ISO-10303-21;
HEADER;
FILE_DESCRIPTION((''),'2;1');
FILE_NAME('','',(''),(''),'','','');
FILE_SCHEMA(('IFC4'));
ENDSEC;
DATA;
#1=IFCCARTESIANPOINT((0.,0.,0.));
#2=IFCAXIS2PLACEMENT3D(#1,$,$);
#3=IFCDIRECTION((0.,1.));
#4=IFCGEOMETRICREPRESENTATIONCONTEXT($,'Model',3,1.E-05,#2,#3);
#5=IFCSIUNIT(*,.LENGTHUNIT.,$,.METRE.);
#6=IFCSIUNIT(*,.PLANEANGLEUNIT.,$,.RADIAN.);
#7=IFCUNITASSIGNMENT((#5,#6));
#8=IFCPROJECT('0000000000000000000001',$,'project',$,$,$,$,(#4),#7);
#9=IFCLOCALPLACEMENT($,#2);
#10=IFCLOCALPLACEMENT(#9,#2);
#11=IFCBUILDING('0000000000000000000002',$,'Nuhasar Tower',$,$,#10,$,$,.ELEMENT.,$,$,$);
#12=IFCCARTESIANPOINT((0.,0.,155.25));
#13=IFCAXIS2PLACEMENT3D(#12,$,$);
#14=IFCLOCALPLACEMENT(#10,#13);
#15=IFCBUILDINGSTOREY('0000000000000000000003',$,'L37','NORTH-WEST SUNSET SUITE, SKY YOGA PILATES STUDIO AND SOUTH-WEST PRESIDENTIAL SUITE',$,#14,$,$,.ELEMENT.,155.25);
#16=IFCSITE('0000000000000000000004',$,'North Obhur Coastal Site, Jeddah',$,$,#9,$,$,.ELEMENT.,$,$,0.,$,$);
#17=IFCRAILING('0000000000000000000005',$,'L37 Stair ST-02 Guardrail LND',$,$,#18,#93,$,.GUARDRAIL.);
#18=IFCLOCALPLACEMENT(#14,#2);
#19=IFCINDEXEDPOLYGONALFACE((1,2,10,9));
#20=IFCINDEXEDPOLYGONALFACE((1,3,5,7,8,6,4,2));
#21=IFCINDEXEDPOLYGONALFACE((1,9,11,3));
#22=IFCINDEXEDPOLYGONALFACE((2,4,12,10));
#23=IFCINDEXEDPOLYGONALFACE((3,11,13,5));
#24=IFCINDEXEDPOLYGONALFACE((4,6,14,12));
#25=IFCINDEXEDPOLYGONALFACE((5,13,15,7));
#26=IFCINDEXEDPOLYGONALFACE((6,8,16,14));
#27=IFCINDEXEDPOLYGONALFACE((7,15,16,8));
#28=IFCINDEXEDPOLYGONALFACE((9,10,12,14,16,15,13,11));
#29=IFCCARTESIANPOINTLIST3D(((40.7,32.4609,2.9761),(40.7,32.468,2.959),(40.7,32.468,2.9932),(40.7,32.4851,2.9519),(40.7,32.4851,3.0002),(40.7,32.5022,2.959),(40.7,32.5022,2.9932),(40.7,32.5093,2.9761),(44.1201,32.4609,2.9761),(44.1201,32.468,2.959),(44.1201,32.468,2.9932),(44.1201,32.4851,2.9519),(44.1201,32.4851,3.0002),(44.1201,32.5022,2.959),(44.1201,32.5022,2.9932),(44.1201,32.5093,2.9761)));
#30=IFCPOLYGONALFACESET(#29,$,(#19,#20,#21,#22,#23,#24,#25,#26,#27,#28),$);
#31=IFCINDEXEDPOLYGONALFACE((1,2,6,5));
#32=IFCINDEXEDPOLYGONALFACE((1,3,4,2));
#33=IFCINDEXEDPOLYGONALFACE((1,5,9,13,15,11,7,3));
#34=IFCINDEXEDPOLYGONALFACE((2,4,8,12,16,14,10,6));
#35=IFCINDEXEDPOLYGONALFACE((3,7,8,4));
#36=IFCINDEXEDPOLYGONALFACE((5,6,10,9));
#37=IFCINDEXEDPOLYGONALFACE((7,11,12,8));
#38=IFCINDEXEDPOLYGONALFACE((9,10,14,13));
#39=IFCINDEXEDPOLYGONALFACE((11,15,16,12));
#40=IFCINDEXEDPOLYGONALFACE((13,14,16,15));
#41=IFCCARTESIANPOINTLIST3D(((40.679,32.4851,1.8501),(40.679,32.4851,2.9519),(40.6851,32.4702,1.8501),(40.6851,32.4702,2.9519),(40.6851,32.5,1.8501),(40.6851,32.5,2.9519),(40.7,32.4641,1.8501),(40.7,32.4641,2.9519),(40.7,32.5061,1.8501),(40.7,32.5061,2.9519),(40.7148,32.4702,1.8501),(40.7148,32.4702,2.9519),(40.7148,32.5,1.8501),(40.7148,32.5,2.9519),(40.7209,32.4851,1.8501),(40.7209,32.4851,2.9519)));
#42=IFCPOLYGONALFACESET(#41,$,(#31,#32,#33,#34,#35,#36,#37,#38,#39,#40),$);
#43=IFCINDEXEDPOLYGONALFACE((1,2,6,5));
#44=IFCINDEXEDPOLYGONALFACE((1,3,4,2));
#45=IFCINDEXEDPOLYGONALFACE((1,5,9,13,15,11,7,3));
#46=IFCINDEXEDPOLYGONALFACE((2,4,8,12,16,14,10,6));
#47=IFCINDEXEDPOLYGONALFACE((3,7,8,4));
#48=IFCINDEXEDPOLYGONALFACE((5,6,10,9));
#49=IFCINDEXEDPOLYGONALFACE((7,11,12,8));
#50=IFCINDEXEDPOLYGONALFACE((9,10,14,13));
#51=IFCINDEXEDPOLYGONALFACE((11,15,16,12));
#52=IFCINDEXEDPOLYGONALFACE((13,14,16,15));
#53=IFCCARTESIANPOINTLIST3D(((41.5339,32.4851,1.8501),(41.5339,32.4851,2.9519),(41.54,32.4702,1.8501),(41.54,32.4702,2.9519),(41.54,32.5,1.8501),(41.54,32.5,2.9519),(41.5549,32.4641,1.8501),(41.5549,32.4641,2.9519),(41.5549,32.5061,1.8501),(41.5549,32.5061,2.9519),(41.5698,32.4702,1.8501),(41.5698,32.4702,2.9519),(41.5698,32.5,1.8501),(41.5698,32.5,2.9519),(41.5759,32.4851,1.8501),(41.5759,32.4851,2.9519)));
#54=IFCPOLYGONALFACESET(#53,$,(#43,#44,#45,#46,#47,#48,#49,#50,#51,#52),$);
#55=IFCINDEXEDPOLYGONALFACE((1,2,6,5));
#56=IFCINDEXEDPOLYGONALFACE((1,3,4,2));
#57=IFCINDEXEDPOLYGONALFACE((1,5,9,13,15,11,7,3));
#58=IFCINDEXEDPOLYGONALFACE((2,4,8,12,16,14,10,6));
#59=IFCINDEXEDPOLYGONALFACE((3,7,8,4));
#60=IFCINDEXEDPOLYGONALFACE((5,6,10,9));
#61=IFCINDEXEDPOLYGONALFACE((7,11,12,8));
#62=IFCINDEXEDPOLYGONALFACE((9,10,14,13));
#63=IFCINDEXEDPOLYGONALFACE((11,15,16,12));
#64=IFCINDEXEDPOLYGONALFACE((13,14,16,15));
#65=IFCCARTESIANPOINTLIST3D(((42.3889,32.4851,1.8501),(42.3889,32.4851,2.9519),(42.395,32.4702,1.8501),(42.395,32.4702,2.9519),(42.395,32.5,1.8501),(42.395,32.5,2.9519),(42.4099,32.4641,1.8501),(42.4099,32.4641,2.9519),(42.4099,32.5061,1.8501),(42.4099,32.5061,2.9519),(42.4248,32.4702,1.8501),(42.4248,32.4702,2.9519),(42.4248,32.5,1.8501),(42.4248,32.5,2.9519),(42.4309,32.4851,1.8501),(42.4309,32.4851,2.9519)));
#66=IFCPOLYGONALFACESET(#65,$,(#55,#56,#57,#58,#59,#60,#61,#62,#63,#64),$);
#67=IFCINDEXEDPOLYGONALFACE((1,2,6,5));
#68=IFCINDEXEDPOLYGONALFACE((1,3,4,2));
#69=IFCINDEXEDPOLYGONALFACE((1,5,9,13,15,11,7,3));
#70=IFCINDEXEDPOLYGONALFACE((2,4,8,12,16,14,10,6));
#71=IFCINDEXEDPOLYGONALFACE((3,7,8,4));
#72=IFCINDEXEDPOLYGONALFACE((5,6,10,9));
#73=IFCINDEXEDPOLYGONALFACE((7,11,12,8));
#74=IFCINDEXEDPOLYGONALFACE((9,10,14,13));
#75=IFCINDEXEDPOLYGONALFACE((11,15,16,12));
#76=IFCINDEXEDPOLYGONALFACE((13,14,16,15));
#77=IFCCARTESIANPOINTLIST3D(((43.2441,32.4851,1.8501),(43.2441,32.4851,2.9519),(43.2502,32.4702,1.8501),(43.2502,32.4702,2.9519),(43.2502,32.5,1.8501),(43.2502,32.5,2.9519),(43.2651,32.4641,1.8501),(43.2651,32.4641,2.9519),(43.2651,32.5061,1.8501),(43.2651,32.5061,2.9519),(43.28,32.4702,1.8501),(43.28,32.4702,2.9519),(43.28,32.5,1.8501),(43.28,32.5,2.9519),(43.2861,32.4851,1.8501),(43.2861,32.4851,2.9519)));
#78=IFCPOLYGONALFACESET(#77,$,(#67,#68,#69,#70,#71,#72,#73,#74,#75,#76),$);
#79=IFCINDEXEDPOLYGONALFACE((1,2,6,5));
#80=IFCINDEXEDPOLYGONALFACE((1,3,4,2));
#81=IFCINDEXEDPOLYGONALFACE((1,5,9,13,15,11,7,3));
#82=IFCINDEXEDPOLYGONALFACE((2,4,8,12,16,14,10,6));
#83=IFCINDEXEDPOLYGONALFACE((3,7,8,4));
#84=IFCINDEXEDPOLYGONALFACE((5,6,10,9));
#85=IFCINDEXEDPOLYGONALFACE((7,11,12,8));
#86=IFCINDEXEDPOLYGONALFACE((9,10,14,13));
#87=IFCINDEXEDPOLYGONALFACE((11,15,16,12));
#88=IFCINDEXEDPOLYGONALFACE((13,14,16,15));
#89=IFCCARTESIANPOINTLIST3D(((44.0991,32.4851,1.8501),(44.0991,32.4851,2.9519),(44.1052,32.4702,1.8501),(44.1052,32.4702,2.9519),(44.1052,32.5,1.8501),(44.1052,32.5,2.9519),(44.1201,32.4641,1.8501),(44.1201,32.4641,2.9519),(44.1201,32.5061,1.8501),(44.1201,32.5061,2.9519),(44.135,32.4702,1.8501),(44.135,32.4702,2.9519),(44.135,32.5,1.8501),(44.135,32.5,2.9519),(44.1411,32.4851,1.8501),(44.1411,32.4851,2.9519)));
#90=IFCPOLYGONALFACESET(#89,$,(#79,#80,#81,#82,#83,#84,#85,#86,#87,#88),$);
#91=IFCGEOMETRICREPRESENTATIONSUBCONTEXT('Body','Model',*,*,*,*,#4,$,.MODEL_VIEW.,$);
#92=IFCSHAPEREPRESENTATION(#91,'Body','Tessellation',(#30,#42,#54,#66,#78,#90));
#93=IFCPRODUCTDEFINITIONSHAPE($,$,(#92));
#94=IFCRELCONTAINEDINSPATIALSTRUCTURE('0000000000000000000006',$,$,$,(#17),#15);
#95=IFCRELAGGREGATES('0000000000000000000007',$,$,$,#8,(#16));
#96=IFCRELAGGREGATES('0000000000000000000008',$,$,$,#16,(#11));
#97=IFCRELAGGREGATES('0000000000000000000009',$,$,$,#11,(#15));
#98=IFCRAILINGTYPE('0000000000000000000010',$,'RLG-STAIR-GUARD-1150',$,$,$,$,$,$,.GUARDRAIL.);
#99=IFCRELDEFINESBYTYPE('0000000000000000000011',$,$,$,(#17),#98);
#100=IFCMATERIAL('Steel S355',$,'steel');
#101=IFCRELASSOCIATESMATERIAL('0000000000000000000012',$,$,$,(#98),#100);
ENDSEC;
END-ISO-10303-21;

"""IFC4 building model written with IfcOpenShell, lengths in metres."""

from ifc_helpers import new_model, si_unit, direction, frame, origin, place, context, subcontext, project, spatial, polyline, outline, extrude, material, type_object, element, save


model = new_model("IFC4")

# Units and contexts
model_context = context("Model", 3, precision=1e-05, world=origin(), true_north=direction((0.0, 1.0)))
body_context = subcontext(model_context, "Body", "Model", "MODEL_VIEW")
ifc_project = project(units=[si_unit("LENGTHUNIT", "METRE"), si_unit("PLANEANGLEUNIT", "RADIAN")], contexts=[model_context])

# Site, building, storey
site_placement = place(None, origin())
site = spatial("IfcSite", under=ifc_project, at=site_placement, Name="North Obhur Coastal Site, Jeddah", CompositionType="ELEMENT", RefElevation=0.0)
building_placement = place(site_placement, origin())
building = spatial("IfcBuilding", under=site, at=building_placement, Name="Nuhasar Tower", CompositionType="ELEMENT")
storey_placement = place(building_placement, frame((0.0, 0.0, 155.25)))
storey = spatial("IfcBuildingStorey", under=building, at=storey_placement, Name="L37", Description="NORTH-WEST SUNSET SUITE, SKY YOGA PILATES STUDIO AND SOUTH-WEST PRESIDENTIAL SUITE", CompositionType="ELEMENT", Elevation=155.25)

# Shared definitions
ifc_material_1 = material(Name="Steel S355", Category="steel")

# Railing
railing_type_1 = type_object("IfcRailingType", Name="RLG-STAIR-GUARD-1150", PredefinedType="GUARDRAIL", material=ifc_material_1)
railing_1_placement = place(storey_placement, frame((40.7, 32.4851, 1.8501)))
element("IfcRailing", 1, at=railing_1_placement, inside=storey, type_object=railing_type_1, Name="L37 Stair ST-02 Guardrail LND", PredefinedType="GUARDRAIL", context=body_context, shape_type="SweptSolid", body=[
    extrude(outline(polyline([(0.0242, 0.0), (0.0171, 0.0171), (0.0, 0.0242), (-0.0171, 0.0171), (-0.0242, 0.0), (-0.0171, -0.0171), (0.0, -0.0242), (0.0171, -0.0171), (0.0242, 0.0)])), frame((0.0, 0.0, 1.126), z_axis=(1.0, 0.0, 0.0), x_axis=(0.0, 1.0, 0.0)), (0.0, 0.0, 1.0), 3.4202),
    extrude(outline(polyline([(0.021, 0.0), (0.0149, 0.0149), (0.0, 0.021), (-0.0149, 0.0149), (-0.021, 0.0), (-0.0149, -0.0149), (0.0, -0.021), (0.0149, -0.0149), (0.021, 0.0)])), origin(), (0.0, 0.0, 1.0), 1.1018),
    extrude(outline(polyline([(0.021, 0.0), (0.0149, 0.0149), (0.0, 0.021), (-0.0149, 0.0149), (-0.021, 0.0), (-0.0149, -0.0149), (0.0, -0.021), (0.0149, -0.0149), (0.021, 0.0)])), frame((0.855, 0.0, 0.0)), (0.0, 0.0, 1.0), 1.1018),
    extrude(outline(polyline([(0.021, 0.0), (0.0149, 0.0149), (0.0, 0.021), (-0.0149, 0.0149), (-0.021, 0.0), (-0.0149, -0.0149), (0.0, -0.021), (0.0149, -0.0149), (0.021, 0.0)])), frame((1.71, 0.0, 0.0)), (0.0, 0.0, 1.0), 1.1018),
    extrude(outline(polyline([(0.021, 0.0), (0.0149, 0.0149), (0.0, 0.021), (-0.0149, 0.0149), (-0.021, 0.0), (-0.0149, -0.0149), (0.0, -0.021), (0.0149, -0.0149), (0.021, 0.0)])), frame((2.5652, 0.0, 0.0)), (0.0, 0.0, 1.0), 1.1018),
    extrude(outline(polyline([(0.021, 0.0), (0.0149, 0.0149), (0.0, 0.021), (-0.0149, 0.0149), (-0.021, 0.0), (-0.0149, -0.0149), (0.0, -0.021), (0.0149, -0.0149), (0.021, 0.0)])), frame((3.4202, 0.0, 0.0)), (0.0, 0.0, 1.0), 1.1018),
])

save(model, "model.ifc")
